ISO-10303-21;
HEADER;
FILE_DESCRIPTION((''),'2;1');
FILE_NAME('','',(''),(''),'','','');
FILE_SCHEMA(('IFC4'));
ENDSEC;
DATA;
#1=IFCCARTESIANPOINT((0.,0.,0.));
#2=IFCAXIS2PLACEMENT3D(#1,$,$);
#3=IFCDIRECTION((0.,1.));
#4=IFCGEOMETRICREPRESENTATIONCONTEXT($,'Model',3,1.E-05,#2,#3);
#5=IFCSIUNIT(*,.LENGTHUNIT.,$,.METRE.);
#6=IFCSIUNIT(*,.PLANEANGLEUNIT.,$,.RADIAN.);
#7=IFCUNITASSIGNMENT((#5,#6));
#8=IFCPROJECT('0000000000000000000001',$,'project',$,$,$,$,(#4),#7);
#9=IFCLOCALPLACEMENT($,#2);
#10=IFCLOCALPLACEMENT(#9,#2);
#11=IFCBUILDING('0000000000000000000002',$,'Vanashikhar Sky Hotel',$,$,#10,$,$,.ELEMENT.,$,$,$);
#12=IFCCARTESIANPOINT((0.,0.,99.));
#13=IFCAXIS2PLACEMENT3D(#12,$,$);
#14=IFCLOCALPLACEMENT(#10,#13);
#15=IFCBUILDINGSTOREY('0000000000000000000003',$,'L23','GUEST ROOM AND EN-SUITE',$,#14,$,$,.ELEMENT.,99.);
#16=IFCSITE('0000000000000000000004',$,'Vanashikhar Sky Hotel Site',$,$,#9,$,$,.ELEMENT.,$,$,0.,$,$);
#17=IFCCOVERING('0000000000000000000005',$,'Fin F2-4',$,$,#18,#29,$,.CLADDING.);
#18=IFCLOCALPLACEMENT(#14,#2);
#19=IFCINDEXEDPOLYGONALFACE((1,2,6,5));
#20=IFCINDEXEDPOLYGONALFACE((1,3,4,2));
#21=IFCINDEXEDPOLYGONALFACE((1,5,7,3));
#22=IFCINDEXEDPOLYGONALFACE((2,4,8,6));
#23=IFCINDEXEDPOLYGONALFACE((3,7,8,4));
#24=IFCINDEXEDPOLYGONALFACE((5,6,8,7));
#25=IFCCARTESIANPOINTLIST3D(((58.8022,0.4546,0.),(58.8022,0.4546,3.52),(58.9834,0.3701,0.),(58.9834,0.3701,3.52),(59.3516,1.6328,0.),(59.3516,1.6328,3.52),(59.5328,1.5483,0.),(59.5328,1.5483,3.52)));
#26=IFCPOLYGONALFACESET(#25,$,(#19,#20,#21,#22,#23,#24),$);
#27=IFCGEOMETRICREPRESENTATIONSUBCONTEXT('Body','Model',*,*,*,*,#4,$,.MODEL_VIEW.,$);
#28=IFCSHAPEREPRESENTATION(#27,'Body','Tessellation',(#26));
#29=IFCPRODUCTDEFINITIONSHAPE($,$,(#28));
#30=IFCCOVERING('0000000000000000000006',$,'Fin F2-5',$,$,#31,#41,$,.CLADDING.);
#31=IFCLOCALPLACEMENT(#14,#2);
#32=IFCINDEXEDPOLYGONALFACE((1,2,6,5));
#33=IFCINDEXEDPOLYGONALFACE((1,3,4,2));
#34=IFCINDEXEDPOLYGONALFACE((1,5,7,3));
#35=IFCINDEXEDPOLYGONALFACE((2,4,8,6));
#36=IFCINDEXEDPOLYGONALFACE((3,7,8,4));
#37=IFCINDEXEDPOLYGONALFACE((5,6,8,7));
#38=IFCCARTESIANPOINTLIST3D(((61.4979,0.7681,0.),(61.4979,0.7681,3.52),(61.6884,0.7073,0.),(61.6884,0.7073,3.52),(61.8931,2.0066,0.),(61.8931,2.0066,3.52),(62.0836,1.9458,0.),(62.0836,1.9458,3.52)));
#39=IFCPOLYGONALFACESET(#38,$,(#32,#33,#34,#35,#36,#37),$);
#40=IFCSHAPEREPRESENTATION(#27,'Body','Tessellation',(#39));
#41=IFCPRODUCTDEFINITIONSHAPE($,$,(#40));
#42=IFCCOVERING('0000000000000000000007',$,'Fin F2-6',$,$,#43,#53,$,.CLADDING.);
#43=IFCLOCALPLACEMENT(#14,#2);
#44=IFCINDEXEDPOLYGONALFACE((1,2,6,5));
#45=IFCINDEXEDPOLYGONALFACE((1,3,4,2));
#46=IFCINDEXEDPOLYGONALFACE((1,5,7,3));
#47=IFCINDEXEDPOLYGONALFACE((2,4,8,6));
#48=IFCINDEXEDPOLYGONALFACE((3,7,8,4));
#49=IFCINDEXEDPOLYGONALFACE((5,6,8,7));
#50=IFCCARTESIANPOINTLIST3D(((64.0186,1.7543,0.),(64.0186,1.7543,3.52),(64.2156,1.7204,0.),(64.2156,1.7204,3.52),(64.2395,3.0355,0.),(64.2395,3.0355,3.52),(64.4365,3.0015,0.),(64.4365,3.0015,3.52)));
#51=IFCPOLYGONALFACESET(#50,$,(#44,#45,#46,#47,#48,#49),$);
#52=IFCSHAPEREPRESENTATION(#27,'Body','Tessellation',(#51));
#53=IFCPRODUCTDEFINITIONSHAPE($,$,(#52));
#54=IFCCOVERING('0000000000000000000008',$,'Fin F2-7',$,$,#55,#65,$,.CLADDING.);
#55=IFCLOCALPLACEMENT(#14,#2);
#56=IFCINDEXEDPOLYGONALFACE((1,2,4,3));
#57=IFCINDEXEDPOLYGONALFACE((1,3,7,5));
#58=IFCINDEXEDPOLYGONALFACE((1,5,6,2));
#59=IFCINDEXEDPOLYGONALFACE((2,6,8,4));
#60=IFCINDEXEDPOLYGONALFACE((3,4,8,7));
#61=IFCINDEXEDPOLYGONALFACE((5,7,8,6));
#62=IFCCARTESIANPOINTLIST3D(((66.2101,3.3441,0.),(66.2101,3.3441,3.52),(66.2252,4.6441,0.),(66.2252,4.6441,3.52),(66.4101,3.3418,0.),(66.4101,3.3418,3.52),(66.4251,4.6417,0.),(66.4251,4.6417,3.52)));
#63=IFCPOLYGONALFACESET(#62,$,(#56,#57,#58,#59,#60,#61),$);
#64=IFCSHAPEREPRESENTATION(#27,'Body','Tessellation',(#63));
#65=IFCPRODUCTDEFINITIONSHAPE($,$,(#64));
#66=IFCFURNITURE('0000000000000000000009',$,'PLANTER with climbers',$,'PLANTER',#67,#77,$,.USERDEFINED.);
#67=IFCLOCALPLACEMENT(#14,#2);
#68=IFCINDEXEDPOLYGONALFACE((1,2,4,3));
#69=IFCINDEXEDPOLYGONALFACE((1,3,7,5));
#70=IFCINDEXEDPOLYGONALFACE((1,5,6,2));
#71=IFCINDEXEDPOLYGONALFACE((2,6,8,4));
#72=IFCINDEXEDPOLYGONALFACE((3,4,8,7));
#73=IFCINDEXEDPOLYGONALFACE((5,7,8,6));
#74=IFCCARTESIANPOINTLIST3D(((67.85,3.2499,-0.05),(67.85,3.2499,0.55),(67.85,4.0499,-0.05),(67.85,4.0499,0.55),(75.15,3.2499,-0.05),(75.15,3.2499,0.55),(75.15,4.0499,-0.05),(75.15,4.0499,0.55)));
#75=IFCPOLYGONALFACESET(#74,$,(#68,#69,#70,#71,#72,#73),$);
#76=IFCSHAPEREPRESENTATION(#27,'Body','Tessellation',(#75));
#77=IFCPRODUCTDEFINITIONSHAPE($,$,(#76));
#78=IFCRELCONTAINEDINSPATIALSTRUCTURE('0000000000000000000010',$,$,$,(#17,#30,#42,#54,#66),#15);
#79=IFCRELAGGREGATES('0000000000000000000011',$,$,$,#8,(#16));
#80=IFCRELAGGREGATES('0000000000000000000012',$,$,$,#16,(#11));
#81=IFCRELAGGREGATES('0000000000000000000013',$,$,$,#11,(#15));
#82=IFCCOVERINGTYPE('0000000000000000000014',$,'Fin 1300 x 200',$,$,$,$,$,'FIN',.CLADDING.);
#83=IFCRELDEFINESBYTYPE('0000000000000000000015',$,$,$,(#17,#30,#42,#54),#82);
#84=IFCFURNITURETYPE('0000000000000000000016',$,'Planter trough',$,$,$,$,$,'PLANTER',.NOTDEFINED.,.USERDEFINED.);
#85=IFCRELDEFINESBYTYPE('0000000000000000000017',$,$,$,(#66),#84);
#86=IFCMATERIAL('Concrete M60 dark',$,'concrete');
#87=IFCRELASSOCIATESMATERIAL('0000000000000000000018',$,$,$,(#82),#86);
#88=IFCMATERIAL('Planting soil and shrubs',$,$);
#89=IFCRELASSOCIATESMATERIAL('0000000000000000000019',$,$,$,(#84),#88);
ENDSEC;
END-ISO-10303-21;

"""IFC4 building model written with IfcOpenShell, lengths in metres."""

from ifc_helpers import new_model, si_unit, direction, frame, origin, origin_2d, place, context, subcontext, project, spatial, rectangle, extrude, source, transform, mapped, material, material_profile, profile_set, type_object, element, save


model = new_model("IFC4")

# Units and contexts
model_context = context("Model", 3, precision=1e-05, world=origin(), true_north=direction((0.0, 1.0)))
body_context = subcontext(model_context, "Body", "Model", "MODEL_VIEW")
ifc_project = project(units=[si_unit("LENGTHUNIT", "METRE"), si_unit("PLANEANGLEUNIT", "RADIAN")], contexts=[model_context])

# Site, building, storey
site_placement = place(None, origin())
site = spatial("IfcSite", under=ifc_project, at=site_placement, Name="Vanashikhar Sky Hotel Site", CompositionType="ELEMENT", RefElevation=0.0)
building_placement = place(site_placement, origin())
building = spatial("IfcBuilding", under=site, at=building_placement, Name="Vanashikhar Sky Hotel", CompositionType="ELEMENT")
storey_placement = place(building_placement, frame((0.0, 0.0, 99.0)))
storey = spatial("IfcBuildingStorey", under=building, at=storey_placement, Name="L23", Description="GUEST ROOM AND EN-SUITE", CompositionType="ELEMENT", Elevation=99.0)

# Coverings
ifc_material_1 = material(Name="Concrete M60 dark", Category="concrete")
ifc_material_profile = material_profile(ifc_material_1, rectangle(XDim=1.3, YDim=0.2, at=origin_2d()))
ifc_profile_set = profile_set([ifc_material_profile], Name="Fin 1300 x 200")
covering_type_1 = type_object("IfcCoveringType", Name="Fin 1300 x 200", ElementType="FIN", PredefinedType="CLADDING", material=ifc_profile_set)
shared_shape_1 = source(origin(), body_context, "Body", "SweptSolid", [
    extrude(rectangle(XDim=1.3, YDim=0.2, at=origin_2d()), origin(), (0.0, 0.0, 1.0), 3.52),
])
for number, where, z_axis, x_axis, name in (
    (1, (59.1675, 1.0015, 0.0), (0.0, 0.0, 1.0), (-0.422618, -0.906308, 0.0), "Fin F2-4"),
    (2, (61.7908, 1.3569, 0.0), (0.0, 0.0, 1.0), (-0.303967, -0.952683, 0.0), "Fin F2-5"),
    (3, (64.2275, 2.3779, 0.0), (0.0, 0.0, 1.0), (-0.1699, -0.985461, 0.0), "Fin F2-6"),
    (4, (66.3176, 3.9929, 0.0), (0.0, 0.0, 1.0), (-0.011589, -0.999933, 0.0), "Fin F2-7"),
):
    element("IfcCovering", number, at=place(storey_placement, frame(where, z_axis=z_axis, x_axis=x_axis)), inside=storey, type_object=covering_type_1, Name=name, PredefinedType="CLADDING", context=body_context, shape_type="MappedRepresentation", body=[
        mapped(shared_shape_1, transform((0.0, 0.0, 0.0), scale=1.0)),
    ])

# Furniture
ifc_material_2 = material(Name="Planting soil and shrubs")
furniture_type = type_object("IfcFurnitureType", Name="Planter trough", ElementType="PLANTER", AssemblyPlace="NOTDEFINED", PredefinedType="USERDEFINED", material=ifc_material_2)
shared_shape_2 = source(origin(), body_context, "Body", "SweptSolid", [
    extrude(rectangle(XDim=7.3, YDim=0.8, at=origin_2d()), origin(), (0.0, 0.0, 1.0), 0.6001),
])
furniture_placement = place(storey_placement, frame((71.5, 3.6499, -0.05), z_axis=(0.0, 0.0, 1.0), x_axis=(1.0, 0.0, 0.0)))
element("IfcFurniture", 5, at=furniture_placement, inside=storey, type_object=furniture_type, Name="PLANTER with climbers", ObjectType="PLANTER", PredefinedType="USERDEFINED", context=body_context, shape_type="MappedRepresentation", body=[
    mapped(shared_shape_2, transform((0.0, 0.0, 0.0), scale=1.0)),
])

save(model, "model.ifc")
